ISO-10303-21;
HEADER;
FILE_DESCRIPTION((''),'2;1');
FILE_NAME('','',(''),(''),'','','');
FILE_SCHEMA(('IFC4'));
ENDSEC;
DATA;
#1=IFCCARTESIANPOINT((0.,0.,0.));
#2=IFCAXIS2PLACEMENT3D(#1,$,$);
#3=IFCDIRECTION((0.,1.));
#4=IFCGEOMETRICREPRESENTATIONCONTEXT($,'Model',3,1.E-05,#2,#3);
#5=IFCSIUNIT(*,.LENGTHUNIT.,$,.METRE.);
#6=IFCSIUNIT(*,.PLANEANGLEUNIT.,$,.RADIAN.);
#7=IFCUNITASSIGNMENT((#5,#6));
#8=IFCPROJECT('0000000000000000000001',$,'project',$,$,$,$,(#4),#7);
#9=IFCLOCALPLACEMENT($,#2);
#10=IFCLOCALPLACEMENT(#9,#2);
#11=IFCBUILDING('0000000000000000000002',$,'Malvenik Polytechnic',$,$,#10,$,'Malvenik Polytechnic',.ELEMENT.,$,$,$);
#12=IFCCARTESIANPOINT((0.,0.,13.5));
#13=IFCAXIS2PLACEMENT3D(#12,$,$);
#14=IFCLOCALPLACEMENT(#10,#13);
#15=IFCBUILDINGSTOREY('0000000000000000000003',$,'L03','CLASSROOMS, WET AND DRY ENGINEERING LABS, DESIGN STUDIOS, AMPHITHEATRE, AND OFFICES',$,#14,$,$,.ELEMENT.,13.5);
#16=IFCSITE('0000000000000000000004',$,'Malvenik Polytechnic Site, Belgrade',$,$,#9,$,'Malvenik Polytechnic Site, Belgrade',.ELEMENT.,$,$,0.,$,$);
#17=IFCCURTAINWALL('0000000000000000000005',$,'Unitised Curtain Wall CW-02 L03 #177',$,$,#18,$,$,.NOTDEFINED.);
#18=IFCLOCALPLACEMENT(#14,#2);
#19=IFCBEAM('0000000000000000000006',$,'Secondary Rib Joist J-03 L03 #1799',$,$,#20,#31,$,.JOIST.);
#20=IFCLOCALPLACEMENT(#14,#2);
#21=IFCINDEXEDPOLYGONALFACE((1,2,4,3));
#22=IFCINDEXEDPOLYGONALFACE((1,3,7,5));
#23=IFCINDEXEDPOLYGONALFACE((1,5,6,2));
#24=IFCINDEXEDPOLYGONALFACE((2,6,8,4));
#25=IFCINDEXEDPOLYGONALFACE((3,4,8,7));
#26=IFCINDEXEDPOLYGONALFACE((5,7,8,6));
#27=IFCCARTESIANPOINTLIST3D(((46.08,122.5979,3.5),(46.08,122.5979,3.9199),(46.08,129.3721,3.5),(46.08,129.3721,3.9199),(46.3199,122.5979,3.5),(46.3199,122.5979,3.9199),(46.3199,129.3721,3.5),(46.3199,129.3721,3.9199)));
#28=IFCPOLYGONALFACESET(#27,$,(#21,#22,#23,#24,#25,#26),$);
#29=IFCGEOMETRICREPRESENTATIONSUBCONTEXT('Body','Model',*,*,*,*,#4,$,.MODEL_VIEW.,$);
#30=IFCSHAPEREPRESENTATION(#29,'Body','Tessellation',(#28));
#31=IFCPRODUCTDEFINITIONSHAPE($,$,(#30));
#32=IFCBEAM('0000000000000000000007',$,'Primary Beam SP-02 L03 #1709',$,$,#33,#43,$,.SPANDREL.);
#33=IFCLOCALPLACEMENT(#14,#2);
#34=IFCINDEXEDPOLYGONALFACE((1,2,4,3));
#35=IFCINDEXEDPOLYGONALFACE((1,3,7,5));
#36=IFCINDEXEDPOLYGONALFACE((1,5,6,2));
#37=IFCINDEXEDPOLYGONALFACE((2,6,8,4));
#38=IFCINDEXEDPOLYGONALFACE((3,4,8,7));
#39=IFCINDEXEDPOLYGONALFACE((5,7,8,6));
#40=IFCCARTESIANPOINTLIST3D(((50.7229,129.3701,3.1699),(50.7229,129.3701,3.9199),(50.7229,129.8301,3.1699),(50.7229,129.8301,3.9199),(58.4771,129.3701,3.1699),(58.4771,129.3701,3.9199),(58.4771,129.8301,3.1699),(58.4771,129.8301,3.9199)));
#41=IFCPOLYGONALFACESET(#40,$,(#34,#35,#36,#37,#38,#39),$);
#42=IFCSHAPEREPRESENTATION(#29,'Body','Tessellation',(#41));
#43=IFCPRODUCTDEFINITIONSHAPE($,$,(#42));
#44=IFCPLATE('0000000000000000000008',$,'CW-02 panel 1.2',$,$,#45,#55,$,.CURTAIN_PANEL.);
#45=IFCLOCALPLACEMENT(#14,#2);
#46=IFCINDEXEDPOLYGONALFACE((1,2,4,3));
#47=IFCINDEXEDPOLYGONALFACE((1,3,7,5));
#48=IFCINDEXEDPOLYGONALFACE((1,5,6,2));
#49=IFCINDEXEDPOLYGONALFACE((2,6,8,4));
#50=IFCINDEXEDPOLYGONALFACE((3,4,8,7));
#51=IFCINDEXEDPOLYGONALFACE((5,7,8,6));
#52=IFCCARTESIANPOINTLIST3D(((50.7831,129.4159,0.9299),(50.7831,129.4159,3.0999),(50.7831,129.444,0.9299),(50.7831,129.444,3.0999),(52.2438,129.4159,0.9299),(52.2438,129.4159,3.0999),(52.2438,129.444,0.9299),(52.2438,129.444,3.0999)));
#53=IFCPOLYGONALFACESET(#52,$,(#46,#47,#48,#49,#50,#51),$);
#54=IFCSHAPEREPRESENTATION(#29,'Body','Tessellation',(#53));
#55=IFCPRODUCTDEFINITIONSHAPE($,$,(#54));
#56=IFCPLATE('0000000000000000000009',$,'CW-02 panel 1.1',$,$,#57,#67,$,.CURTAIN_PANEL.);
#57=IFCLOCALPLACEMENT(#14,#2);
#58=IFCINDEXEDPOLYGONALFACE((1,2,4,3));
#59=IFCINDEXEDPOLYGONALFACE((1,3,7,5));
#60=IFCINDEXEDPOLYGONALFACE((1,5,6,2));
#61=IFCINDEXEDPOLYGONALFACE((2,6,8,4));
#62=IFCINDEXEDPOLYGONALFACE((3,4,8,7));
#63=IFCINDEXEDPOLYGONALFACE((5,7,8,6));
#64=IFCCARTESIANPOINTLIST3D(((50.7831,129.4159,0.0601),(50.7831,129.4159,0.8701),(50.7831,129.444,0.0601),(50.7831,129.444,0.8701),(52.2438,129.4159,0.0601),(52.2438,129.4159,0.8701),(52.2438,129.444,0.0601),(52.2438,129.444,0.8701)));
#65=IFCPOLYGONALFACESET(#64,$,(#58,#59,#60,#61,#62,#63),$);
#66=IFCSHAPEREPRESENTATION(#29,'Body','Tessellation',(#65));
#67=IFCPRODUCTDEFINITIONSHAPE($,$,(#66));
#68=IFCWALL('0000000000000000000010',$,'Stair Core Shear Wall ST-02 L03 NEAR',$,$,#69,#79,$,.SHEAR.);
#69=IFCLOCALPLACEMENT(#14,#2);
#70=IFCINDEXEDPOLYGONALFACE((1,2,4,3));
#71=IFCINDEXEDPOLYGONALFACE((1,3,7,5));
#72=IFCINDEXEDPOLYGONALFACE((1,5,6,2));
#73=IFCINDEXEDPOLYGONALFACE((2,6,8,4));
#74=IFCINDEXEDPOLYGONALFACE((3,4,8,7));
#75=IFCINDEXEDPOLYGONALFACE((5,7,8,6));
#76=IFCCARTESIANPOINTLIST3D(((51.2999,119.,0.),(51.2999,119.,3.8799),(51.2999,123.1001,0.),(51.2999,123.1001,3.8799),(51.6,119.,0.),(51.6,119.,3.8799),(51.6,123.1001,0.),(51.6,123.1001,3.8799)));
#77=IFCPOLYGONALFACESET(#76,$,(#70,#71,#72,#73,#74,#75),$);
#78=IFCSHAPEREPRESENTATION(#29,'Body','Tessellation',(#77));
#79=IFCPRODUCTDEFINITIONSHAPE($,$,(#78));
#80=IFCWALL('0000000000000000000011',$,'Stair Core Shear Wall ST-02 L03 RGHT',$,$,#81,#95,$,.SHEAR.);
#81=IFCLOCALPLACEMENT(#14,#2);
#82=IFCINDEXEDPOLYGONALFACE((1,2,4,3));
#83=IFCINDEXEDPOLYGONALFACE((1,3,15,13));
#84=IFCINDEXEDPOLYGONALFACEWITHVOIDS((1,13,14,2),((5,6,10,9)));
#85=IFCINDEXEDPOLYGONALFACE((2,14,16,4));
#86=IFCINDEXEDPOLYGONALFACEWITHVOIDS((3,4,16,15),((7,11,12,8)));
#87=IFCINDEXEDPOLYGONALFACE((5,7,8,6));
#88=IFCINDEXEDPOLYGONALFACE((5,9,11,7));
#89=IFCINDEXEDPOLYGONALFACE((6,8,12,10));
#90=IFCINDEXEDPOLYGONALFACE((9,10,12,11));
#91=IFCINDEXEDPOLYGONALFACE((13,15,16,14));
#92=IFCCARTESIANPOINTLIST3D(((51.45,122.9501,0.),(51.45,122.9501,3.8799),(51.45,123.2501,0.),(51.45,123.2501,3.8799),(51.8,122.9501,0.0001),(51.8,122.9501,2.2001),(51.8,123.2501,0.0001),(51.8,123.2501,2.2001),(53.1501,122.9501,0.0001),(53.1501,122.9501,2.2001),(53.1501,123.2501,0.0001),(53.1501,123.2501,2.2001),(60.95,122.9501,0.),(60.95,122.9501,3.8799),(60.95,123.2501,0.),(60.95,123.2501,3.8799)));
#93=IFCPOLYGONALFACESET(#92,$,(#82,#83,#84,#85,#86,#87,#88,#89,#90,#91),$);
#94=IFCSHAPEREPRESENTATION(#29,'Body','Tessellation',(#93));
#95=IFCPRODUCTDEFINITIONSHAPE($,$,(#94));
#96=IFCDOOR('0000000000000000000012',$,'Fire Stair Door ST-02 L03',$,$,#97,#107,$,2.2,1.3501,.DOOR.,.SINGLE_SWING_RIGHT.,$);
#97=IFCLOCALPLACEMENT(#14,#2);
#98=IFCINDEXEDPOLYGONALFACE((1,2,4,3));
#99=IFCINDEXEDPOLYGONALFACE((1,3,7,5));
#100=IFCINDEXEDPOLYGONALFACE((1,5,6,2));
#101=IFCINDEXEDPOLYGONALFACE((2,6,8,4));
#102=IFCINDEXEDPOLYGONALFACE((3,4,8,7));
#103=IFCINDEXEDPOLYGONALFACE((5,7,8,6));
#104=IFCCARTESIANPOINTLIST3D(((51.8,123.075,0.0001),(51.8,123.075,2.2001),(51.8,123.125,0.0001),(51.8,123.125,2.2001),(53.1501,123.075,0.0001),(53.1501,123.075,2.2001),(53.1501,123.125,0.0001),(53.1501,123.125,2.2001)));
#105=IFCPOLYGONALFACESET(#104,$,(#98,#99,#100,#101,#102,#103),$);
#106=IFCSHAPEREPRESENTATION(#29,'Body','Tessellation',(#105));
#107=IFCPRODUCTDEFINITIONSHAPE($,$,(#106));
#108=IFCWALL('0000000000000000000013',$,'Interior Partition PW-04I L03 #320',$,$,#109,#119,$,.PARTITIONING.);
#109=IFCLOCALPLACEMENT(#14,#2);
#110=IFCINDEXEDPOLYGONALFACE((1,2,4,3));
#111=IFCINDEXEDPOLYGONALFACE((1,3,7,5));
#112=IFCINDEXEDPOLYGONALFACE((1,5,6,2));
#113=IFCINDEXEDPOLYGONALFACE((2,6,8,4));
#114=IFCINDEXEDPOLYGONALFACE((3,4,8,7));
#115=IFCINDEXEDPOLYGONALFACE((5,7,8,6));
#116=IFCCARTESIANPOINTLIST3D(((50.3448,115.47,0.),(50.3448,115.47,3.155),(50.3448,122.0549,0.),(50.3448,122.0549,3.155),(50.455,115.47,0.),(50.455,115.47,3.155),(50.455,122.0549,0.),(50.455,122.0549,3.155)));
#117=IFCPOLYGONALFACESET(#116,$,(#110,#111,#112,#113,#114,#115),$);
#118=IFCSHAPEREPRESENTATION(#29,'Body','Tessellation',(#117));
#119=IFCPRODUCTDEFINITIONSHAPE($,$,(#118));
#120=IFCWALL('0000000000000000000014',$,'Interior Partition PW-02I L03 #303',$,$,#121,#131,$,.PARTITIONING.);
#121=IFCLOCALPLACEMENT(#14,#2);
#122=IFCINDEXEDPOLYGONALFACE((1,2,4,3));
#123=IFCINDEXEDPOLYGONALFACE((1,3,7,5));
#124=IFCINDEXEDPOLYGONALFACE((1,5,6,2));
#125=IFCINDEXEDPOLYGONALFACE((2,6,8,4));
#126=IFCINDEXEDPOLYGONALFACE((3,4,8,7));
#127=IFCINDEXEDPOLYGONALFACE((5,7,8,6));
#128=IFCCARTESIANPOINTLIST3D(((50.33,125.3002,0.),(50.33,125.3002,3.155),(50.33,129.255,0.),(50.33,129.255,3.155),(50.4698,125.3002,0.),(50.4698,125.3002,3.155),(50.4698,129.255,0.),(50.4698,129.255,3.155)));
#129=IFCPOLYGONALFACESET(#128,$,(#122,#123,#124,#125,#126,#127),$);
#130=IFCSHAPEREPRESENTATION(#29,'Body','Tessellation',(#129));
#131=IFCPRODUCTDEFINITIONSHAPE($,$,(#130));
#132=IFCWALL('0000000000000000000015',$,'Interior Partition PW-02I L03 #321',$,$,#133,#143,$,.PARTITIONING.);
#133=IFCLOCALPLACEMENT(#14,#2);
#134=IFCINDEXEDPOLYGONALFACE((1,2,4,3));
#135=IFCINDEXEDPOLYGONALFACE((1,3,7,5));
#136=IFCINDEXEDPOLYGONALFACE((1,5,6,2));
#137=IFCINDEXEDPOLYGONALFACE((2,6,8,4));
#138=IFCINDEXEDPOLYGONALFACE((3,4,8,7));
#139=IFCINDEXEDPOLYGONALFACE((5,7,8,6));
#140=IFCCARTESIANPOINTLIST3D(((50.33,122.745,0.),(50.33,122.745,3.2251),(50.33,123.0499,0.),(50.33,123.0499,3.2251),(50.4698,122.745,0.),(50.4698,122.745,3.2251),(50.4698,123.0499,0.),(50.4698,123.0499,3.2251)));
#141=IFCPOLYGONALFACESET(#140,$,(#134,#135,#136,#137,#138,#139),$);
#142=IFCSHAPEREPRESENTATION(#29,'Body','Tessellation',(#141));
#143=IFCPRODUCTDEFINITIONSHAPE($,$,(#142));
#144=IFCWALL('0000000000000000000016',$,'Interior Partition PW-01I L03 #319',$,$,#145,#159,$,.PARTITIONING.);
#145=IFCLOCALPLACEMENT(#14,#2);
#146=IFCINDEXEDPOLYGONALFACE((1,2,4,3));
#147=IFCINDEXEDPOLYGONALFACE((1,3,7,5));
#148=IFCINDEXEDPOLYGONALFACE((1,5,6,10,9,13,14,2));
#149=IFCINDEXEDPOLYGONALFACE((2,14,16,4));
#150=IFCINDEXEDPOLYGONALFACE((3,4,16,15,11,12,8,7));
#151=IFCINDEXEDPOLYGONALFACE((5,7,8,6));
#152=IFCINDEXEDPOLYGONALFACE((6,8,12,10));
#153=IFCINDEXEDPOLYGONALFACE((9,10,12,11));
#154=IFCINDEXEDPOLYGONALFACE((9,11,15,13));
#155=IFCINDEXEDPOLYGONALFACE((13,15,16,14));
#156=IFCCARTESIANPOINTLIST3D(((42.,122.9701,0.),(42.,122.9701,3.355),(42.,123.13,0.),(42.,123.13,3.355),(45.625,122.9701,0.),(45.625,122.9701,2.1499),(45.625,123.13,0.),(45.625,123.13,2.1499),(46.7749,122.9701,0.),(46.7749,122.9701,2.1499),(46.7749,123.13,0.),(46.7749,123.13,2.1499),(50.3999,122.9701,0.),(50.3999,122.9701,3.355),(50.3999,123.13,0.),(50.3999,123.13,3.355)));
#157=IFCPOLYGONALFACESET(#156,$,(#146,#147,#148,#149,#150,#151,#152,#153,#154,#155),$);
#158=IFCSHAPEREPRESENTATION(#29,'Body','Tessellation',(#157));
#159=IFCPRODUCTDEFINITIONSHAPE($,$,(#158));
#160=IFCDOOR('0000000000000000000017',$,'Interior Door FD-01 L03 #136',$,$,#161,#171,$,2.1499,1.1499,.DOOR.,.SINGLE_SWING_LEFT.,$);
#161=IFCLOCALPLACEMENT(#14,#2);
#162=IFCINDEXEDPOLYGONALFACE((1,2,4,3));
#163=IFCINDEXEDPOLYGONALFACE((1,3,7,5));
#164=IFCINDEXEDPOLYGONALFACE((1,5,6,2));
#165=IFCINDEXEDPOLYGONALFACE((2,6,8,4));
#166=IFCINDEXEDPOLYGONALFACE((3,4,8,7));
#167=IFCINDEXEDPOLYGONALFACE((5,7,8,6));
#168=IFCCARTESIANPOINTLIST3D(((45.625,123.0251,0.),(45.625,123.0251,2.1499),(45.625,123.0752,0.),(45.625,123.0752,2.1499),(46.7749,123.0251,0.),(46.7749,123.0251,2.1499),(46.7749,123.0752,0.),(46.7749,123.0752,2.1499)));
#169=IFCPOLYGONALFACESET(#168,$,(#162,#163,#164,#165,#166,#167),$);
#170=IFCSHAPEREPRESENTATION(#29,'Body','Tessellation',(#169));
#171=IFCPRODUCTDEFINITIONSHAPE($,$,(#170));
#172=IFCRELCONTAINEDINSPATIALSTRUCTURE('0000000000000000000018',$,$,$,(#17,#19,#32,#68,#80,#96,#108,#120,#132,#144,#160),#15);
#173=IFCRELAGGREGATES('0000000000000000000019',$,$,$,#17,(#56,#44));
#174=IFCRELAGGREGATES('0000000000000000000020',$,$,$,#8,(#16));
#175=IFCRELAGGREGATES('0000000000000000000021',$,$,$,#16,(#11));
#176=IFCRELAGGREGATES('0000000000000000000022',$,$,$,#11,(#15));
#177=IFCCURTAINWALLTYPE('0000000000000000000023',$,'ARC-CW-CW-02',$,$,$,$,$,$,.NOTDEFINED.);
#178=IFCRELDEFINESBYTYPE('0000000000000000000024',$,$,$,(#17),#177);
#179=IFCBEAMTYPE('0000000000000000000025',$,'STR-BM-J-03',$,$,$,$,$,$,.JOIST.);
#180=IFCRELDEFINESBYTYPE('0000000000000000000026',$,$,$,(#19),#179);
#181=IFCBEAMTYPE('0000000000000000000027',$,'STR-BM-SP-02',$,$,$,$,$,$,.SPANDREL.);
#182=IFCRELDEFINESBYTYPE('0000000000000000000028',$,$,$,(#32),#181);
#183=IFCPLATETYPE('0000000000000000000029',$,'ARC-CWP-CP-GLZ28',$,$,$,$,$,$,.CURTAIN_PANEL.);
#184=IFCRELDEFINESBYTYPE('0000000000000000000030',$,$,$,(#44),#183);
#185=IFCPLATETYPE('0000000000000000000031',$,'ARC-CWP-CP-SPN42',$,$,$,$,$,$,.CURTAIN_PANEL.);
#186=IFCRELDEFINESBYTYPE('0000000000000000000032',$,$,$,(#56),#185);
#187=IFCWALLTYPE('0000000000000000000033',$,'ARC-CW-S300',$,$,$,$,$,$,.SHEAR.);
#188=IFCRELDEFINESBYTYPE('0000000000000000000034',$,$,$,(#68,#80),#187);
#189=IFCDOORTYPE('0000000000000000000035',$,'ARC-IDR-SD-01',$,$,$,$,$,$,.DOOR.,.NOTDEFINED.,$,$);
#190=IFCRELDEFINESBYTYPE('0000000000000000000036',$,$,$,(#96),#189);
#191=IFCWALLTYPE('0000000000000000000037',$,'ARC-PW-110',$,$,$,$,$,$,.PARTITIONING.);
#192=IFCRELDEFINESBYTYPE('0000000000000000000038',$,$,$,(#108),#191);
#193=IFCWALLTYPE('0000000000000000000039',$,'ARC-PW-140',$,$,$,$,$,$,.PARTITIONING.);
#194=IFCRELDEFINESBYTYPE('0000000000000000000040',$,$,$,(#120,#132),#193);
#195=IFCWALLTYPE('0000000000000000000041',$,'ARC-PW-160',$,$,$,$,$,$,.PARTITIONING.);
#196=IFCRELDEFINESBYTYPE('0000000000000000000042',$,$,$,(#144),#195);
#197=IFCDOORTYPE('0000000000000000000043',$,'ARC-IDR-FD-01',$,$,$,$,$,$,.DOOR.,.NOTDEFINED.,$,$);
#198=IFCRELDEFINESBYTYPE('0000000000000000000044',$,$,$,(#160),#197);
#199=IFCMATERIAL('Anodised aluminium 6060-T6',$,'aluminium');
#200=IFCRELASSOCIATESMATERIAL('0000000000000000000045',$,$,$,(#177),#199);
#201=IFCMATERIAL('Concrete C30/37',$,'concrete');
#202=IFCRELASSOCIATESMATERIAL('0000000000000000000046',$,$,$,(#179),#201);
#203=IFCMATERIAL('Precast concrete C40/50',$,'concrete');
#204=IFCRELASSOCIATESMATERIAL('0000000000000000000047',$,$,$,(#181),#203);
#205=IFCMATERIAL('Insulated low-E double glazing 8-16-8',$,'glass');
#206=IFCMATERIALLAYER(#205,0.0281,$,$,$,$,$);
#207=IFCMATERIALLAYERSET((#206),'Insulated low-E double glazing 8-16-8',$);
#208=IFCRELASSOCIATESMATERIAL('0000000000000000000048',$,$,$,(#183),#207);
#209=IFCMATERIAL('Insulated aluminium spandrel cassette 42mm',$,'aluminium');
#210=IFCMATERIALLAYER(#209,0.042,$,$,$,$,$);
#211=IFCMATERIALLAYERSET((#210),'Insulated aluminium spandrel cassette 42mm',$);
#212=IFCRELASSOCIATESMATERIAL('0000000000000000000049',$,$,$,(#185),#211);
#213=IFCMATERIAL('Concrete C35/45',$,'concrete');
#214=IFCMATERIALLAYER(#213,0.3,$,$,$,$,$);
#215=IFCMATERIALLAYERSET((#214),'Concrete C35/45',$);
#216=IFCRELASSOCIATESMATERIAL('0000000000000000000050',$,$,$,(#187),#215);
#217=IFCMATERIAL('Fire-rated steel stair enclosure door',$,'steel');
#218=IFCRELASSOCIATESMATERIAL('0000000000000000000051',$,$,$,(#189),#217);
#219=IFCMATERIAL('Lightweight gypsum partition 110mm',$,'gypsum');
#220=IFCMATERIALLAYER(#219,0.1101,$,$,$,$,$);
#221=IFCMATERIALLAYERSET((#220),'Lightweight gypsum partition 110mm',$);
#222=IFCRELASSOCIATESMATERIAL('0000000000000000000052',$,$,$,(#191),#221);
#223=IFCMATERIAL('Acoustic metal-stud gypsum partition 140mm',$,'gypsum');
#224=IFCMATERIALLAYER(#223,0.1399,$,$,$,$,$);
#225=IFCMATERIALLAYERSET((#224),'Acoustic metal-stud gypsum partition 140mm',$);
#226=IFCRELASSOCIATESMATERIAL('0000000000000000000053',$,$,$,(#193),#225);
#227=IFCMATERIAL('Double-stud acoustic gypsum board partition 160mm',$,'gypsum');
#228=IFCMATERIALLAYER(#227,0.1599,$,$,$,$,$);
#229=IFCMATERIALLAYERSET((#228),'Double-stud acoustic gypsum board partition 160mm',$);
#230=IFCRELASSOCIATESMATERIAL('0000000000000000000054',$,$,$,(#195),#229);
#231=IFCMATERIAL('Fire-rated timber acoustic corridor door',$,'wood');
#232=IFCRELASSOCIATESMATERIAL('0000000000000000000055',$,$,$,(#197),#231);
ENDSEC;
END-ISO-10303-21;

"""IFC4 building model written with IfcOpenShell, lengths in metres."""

from ifc_helpers import new_model, si_unit, direction, frame, frame_2d, origin, origin_2d, place, context, subcontext, project, spatial, rectangle, extrude, material, layer, layer_set, material_profile, profile_set, type_object, element, fill, aggregate, save


model = new_model("IFC4")

# Units and contexts
model_context = context("Model", 3, precision=1e-05, world=origin(), true_north=direction((0.0, 1.0)))
body_context = subcontext(model_context, "Body", "Model", "MODEL_VIEW")
ifc_project = project(units=[si_unit("LENGTHUNIT", "METRE"), si_unit("PLANEANGLEUNIT", "RADIAN")], contexts=[model_context])

# Site, building, storey
site_placement = place(None, origin())
site = spatial("IfcSite", under=ifc_project, at=site_placement, Name="Malvenik Polytechnic Site, Belgrade", LongName="Malvenik Polytechnic Site, Belgrade", CompositionType="ELEMENT", RefElevation=0.0)
building_placement = place(site_placement, origin())
building = spatial("IfcBuilding", under=site, at=building_placement, Name="Malvenik Polytechnic", LongName="Malvenik Polytechnic", CompositionType="ELEMENT")
storey_placement = place(building_placement, frame((0.0, 0.0, 13.5)))
storey = spatial("IfcBuildingStorey", under=building, at=storey_placement, Name="L03", Description="CLASSROOMS, WET AND DRY ENGINEERING LABS, DESIGN STUDIOS, AMPHITHEATRE, AND OFFICES", CompositionType="ELEMENT", Elevation=13.5)

# Shared definitions
ifc_material_1 = material(Name="Concrete C35/45", Category="concrete")

# Shared definitions
ifc_material_2 = material(Name="Anodised aluminium 6060-T6", Category="aluminium")
curtain_wall_type = type_object("IfcCurtainWallType", Name="ARC-CW-CW-02", PredefinedType="NOTDEFINED", material=ifc_material_2)

# Curtain wall
curtain_wall_1_placement = place(storey_placement, origin())
curtain_wall_1 = element("IfcCurtainWall", 1, at=curtain_wall_1_placement, inside=storey, type_object=curtain_wall_type, Name="Unitised Curtain Wall CW-02 L03 #177", PredefinedType="NOTDEFINED")

# Beams
ifc_material_3 = material(Name="Concrete C30/37", Category="concrete")
ifc_material_profile_1 = material_profile(ifc_material_3, rectangle(XDim=0.24, YDim=0.4199, at=origin_2d()), Name="RC JST 240x420")
ifc_profile_set_1 = profile_set([ifc_material_profile_1], Name="Concrete C30/37")
beam_type_1 = type_object("IfcBeamType", Name="STR-BM-J-03", PredefinedType="JOIST", material=ifc_profile_set_1)
beam_1_placement = place(storey_placement, frame((46.2, 122.5979, 3.71), z_axis=(0.0, 1.0, 0.0), x_axis=(-1.0, 0.0, 0.0)))
element("IfcBeam", 2, at=beam_1_placement, inside=storey, type_object=beam_type_1, Name="Secondary Rib Joist J-03 L03 #1799", PredefinedType="JOIST", context=body_context, shape_type="SweptSolid", body=[
    extrude(rectangle(XDim=0.24, YDim=0.4199, at=origin_2d()), origin(), (0.0, 0.0, 1.0), 6.7742),
])
ifc_material_4 = material(Name="Precast concrete C40/50", Category="concrete")
ifc_material_profile_2 = material_profile(ifc_material_4, rectangle(XDim=0.46, YDim=0.75, at=origin_2d()), Name="PC SPN 460x750")
ifc_profile_set_2 = profile_set([ifc_material_profile_2], Name="Precast concrete C40/50")
beam_type_2 = type_object("IfcBeamType", Name="STR-BM-SP-02", PredefinedType="SPANDREL", material=ifc_profile_set_2)
beam_2_placement = place(storey_placement, frame((50.7229, 129.6001, 3.5449), z_axis=(1.0, 0.0, 0.0), x_axis=(0.0, 1.0, 0.0)))
element("IfcBeam", 3, at=beam_2_placement, inside=storey, type_object=beam_type_2, Name="Primary Beam SP-02 L03 #1709", PredefinedType="SPANDREL", context=body_context, shape_type="SweptSolid", body=[
    extrude(rectangle(XDim=0.46, YDim=0.75, at=origin_2d()), origin(), (0.0, 0.0, 1.0), 7.7542),
])

# Plates
ifc_material_5 = material(Name="Insulated low-E double glazing 8-16-8", Category="glass")
ifc_layer_1 = layer(ifc_material_5, 0.0281)
ifc_layer_set_1 = layer_set([ifc_layer_1], Name="Insulated low-E double glazing 8-16-8")
plate_type_1 = type_object("IfcPlateType", Name="ARC-CWP-CP-GLZ28", PredefinedType="CURTAIN_PANEL", material=ifc_layer_set_1)
plate_1_placement = place(storey_placement, frame((51.5134, 129.4299, 0.9299), z_axis=(0.0, 0.0, 1.0), x_axis=(1.0, 0.0, 0.0)))
plate_1 = element("IfcPlate", 4, at=plate_1_placement, type_object=plate_type_1, Name="CW-02 panel 1.2", PredefinedType="CURTAIN_PANEL", context=body_context, shape_type="SweptSolid", body=[
    extrude(rectangle(XDim=1.4607, YDim=0.0281, at=origin_2d()), origin(), (0.0, 0.0, 1.0), 2.1699),
])
ifc_material_6 = material(Name="Insulated aluminium spandrel cassette 42mm", Category="aluminium")
ifc_layer_2 = layer(ifc_material_6, 0.042)
ifc_layer_set_2 = layer_set([ifc_layer_2], Name="Insulated aluminium spandrel cassette 42mm")
plate_type_2 = type_object("IfcPlateType", Name="ARC-CWP-CP-SPN42", PredefinedType="CURTAIN_PANEL", material=ifc_layer_set_2)
plate_2_placement = place(storey_placement, frame((51.5134, 129.4299, 0.0601), z_axis=(0.0, 0.0, 1.0), x_axis=(1.0, 0.0, 0.0)))
plate_2 = element("IfcPlate", 5, at=plate_2_placement, type_object=plate_type_2, Name="CW-02 panel 1.1", PredefinedType="CURTAIN_PANEL", context=body_context, shape_type="SweptSolid", body=[
    extrude(rectangle(XDim=1.4607, YDim=0.0281, at=origin_2d()), origin(), (0.0, 0.0, 1.0), 0.8101),
])
aggregate(curtain_wall_1, [plate_2, plate_1])

# Wall
ifc_layer_3 = layer(ifc_material_1, 0.3)
ifc_layer_set_3 = layer_set([ifc_layer_3], Name="Concrete C35/45")
wall_type_1 = type_object("IfcWallType", Name="ARC-CW-S300", PredefinedType="SHEAR", material=ifc_layer_set_3)
wall_1_placement = place(storey_placement, frame((51.45, 119.0, 0.0), z_axis=(0.0, 0.0, 1.0), x_axis=(0.0, 1.0, 0.0)))
element("IfcWall", 6, at=wall_1_placement, inside=storey, type_object=wall_type_1, Name="Stair Core Shear Wall ST-02 L03 NEAR", PredefinedType="SHEAR", context=body_context, shape_type="SweptSolid", body=[
    extrude(rectangle(XDim=4.1001, YDim=0.3, at=frame_2d((2.05, 0.0))), origin(), (0.0, 0.0, 1.0), 3.8799),
])

# Wall, opening, door
wall_2_placement = place(storey_placement, frame((51.45, 123.1001, 0.0), z_axis=(0.0, 0.0, 1.0), x_axis=(1.0, 0.0, 0.0)))
wall_2 = element("IfcWall", 7, at=wall_2_placement, inside=storey, type_object=wall_type_1, Name="Stair Core Shear Wall ST-02 L03 RGHT", PredefinedType="SHEAR", context=body_context, shape_type="SweptSolid", body=[
    extrude(rectangle(XDim=9.5, YDim=0.3, at=frame_2d((4.75, 0.0))), origin(), (0.0, 0.0, 1.0), 3.8799),
])
opening_1_placement = place(wall_2_placement, frame((0.3501, 0.0, 0.0)))
opening_1 = element("IfcOpeningElement", 8, at=opening_1_placement, cuts=wall_2, PredefinedType="OPENING", context=body_context, shape_type="SweptSolid", body=[
    extrude(rectangle(XDim=1.3501, YDim=2.2, at=frame_2d((0.675, 1.1001))), frame((0.0, 0.1602, 0.0), z_axis=(0.0, -1.0, 0.0), x_axis=(1.0, 0.0, 0.0)), (0.0, 0.0, 1.0), 0.3201),
])
ifc_material_7 = material(Name="Fire-rated steel stair enclosure door", Category="steel")
door_type_1 = type_object("IfcDoorType", Name="ARC-IDR-SD-01", OperationType="NOTDEFINED", PredefinedType="DOOR", material=ifc_material_7)
door_1_placement = place(opening_1_placement, origin())
door_1 = element("IfcDoor", 9, at=door_1_placement, inside=storey, type_object=door_type_1, Name="Fire Stair Door ST-02 L03", OperationType="SINGLE_SWING_RIGHT", OverallHeight=2.2, OverallWidth=1.3501, PredefinedType="DOOR", context=body_context, shape_type="SweptSolid", body=[
    extrude(rectangle(XDim=1.3501, YDim=2.2, at=frame_2d((0.675, 1.1001))), frame((0.0, 0.0249, 0.0), z_axis=(0.0, -1.0, 0.0), x_axis=(1.0, 0.0, 0.0)), (0.0, 0.0, 1.0), 0.05),
])
fill(opening_1, door_1)

# Walls
ifc_material_8 = material(Name="Lightweight gypsum partition 110mm", Category="gypsum")
ifc_layer_4 = layer(ifc_material_8, 0.1101)
ifc_layer_set_4 = layer_set([ifc_layer_4], Name="Lightweight gypsum partition 110mm")
wall_type_2 = type_object("IfcWallType", Name="ARC-PW-110", PredefinedType="PARTITIONING", material=ifc_layer_set_4)
wall_3_placement = place(storey_placement, frame((50.3999, 115.47, 0.0), z_axis=(0.0, 0.0, 1.0), x_axis=(0.0, 1.0, 0.0)))
element("IfcWall", 10, at=wall_3_placement, inside=storey, type_object=wall_type_2, Name="Interior Partition PW-04I L03 #320", PredefinedType="PARTITIONING", context=body_context, shape_type="SweptSolid", body=[
    extrude(rectangle(XDim=6.585, YDim=0.1101, at=frame_2d((3.2925, 0.0))), origin(), (0.0, 0.0, 1.0), 3.155),
])
ifc_material_9 = material(Name="Acoustic metal-stud gypsum partition 140mm", Category="gypsum")
ifc_layer_5 = layer(ifc_material_9, 0.1399)
ifc_layer_set_5 = layer_set([ifc_layer_5], Name="Acoustic metal-stud gypsum partition 140mm")
wall_type_3 = type_object("IfcWallType", Name="ARC-PW-140", PredefinedType="PARTITIONING", material=ifc_layer_set_5)
wall_4_placement = place(storey_placement, frame((50.3999, 125.3, 0.0), z_axis=(0.0, 0.0, 1.0), x_axis=(0.0, 1.0, 0.0)))
element("IfcWall", 11, at=wall_4_placement, inside=storey, type_object=wall_type_3, Name="Interior Partition PW-02I L03 #303", PredefinedType="PARTITIONING", context=body_context, shape_type="SweptSolid", body=[
    extrude(rectangle(XDim=3.9548, YDim=0.1399, at=frame_2d((1.9775, 0.0))), origin(), (0.0, 0.0, 1.0), 3.155),
])
wall_5_placement = place(storey_placement, frame((50.3999, 122.7451, 0.0), z_axis=(0.0, 0.0, 1.0), x_axis=(0.0, 1.0, 0.0)))
element("IfcWall", 12, at=wall_5_placement, inside=storey, type_object=wall_type_3, Name="Interior Partition PW-02I L03 #321", PredefinedType="PARTITIONING", context=body_context, shape_type="SweptSolid", body=[
    extrude(rectangle(XDim=0.3049, YDim=0.1399, at=frame_2d((0.1523, 0.0))), origin(), (0.0, 0.0, 1.0), 3.2251),
])

# Wall, opening, door
ifc_material_10 = material(Name="Double-stud acoustic gypsum board partition 160mm", Category="gypsum")
ifc_layer_6 = layer(ifc_material_10, 0.1599)
ifc_layer_set_6 = layer_set([ifc_layer_6], Name="Double-stud acoustic gypsum board partition 160mm")
wall_type_4 = type_object("IfcWallType", Name="ARC-PW-160", PredefinedType="PARTITIONING", material=ifc_layer_set_6)
wall_6_placement = place(storey_placement, frame((50.3999, 123.05, 0.0), z_axis=(0.0, 0.0, 1.0), x_axis=(-1.0, 0.0, 0.0)))
wall_6 = element("IfcWall", 13, at=wall_6_placement, inside=storey, type_object=wall_type_4, Name="Interior Partition PW-01I L03 #319", PredefinedType="PARTITIONING", context=body_context, shape_type="SweptSolid", body=[
    extrude(rectangle(XDim=8.3999, YDim=0.1599, at=frame_2d((4.2, 0.0))), origin(), (0.0, 0.0, 1.0), 3.355),
])
opening_2_placement = place(wall_6_placement, frame((3.625, 0.0, 0.0)))
opening_2 = element("IfcOpeningElement", 14, at=opening_2_placement, cuts=wall_6, PredefinedType="OPENING", context=body_context, shape_type="SweptSolid", body=[
    extrude(rectangle(XDim=1.1499, YDim=2.1499, at=frame_2d((0.575, 1.075))), frame((0.0, 0.0898, 0.0), z_axis=(0.0, -1.0, 0.0), x_axis=(1.0, 0.0, 0.0)), (0.0, 0.0, 1.0), 0.1799),
])
ifc_material_11 = material(Name="Fire-rated timber acoustic corridor door", Category="wood")
door_type_2 = type_object("IfcDoorType", Name="ARC-IDR-FD-01", OperationType="NOTDEFINED", PredefinedType="DOOR", material=ifc_material_11)
door_2_placement = place(opening_2_placement, origin())
door_2 = element("IfcDoor", 15, at=door_2_placement, inside=storey, type_object=door_type_2, Name="Interior Door FD-01 L03 #136", OperationType="SINGLE_SWING_LEFT", OverallHeight=2.1499, OverallWidth=1.1499, PredefinedType="DOOR", context=body_context, shape_type="SweptSolid", body=[
    extrude(rectangle(XDim=1.1499, YDim=2.1499, at=frame_2d((0.575, 1.075))), frame((0.0, 0.0249, 0.0), z_axis=(0.0, -1.0, 0.0), x_axis=(1.0, 0.0, 0.0)), (0.0, 0.0, 1.0), 0.05),
])
fill(opening_2, door_2)

save(model, "model.ifc")
